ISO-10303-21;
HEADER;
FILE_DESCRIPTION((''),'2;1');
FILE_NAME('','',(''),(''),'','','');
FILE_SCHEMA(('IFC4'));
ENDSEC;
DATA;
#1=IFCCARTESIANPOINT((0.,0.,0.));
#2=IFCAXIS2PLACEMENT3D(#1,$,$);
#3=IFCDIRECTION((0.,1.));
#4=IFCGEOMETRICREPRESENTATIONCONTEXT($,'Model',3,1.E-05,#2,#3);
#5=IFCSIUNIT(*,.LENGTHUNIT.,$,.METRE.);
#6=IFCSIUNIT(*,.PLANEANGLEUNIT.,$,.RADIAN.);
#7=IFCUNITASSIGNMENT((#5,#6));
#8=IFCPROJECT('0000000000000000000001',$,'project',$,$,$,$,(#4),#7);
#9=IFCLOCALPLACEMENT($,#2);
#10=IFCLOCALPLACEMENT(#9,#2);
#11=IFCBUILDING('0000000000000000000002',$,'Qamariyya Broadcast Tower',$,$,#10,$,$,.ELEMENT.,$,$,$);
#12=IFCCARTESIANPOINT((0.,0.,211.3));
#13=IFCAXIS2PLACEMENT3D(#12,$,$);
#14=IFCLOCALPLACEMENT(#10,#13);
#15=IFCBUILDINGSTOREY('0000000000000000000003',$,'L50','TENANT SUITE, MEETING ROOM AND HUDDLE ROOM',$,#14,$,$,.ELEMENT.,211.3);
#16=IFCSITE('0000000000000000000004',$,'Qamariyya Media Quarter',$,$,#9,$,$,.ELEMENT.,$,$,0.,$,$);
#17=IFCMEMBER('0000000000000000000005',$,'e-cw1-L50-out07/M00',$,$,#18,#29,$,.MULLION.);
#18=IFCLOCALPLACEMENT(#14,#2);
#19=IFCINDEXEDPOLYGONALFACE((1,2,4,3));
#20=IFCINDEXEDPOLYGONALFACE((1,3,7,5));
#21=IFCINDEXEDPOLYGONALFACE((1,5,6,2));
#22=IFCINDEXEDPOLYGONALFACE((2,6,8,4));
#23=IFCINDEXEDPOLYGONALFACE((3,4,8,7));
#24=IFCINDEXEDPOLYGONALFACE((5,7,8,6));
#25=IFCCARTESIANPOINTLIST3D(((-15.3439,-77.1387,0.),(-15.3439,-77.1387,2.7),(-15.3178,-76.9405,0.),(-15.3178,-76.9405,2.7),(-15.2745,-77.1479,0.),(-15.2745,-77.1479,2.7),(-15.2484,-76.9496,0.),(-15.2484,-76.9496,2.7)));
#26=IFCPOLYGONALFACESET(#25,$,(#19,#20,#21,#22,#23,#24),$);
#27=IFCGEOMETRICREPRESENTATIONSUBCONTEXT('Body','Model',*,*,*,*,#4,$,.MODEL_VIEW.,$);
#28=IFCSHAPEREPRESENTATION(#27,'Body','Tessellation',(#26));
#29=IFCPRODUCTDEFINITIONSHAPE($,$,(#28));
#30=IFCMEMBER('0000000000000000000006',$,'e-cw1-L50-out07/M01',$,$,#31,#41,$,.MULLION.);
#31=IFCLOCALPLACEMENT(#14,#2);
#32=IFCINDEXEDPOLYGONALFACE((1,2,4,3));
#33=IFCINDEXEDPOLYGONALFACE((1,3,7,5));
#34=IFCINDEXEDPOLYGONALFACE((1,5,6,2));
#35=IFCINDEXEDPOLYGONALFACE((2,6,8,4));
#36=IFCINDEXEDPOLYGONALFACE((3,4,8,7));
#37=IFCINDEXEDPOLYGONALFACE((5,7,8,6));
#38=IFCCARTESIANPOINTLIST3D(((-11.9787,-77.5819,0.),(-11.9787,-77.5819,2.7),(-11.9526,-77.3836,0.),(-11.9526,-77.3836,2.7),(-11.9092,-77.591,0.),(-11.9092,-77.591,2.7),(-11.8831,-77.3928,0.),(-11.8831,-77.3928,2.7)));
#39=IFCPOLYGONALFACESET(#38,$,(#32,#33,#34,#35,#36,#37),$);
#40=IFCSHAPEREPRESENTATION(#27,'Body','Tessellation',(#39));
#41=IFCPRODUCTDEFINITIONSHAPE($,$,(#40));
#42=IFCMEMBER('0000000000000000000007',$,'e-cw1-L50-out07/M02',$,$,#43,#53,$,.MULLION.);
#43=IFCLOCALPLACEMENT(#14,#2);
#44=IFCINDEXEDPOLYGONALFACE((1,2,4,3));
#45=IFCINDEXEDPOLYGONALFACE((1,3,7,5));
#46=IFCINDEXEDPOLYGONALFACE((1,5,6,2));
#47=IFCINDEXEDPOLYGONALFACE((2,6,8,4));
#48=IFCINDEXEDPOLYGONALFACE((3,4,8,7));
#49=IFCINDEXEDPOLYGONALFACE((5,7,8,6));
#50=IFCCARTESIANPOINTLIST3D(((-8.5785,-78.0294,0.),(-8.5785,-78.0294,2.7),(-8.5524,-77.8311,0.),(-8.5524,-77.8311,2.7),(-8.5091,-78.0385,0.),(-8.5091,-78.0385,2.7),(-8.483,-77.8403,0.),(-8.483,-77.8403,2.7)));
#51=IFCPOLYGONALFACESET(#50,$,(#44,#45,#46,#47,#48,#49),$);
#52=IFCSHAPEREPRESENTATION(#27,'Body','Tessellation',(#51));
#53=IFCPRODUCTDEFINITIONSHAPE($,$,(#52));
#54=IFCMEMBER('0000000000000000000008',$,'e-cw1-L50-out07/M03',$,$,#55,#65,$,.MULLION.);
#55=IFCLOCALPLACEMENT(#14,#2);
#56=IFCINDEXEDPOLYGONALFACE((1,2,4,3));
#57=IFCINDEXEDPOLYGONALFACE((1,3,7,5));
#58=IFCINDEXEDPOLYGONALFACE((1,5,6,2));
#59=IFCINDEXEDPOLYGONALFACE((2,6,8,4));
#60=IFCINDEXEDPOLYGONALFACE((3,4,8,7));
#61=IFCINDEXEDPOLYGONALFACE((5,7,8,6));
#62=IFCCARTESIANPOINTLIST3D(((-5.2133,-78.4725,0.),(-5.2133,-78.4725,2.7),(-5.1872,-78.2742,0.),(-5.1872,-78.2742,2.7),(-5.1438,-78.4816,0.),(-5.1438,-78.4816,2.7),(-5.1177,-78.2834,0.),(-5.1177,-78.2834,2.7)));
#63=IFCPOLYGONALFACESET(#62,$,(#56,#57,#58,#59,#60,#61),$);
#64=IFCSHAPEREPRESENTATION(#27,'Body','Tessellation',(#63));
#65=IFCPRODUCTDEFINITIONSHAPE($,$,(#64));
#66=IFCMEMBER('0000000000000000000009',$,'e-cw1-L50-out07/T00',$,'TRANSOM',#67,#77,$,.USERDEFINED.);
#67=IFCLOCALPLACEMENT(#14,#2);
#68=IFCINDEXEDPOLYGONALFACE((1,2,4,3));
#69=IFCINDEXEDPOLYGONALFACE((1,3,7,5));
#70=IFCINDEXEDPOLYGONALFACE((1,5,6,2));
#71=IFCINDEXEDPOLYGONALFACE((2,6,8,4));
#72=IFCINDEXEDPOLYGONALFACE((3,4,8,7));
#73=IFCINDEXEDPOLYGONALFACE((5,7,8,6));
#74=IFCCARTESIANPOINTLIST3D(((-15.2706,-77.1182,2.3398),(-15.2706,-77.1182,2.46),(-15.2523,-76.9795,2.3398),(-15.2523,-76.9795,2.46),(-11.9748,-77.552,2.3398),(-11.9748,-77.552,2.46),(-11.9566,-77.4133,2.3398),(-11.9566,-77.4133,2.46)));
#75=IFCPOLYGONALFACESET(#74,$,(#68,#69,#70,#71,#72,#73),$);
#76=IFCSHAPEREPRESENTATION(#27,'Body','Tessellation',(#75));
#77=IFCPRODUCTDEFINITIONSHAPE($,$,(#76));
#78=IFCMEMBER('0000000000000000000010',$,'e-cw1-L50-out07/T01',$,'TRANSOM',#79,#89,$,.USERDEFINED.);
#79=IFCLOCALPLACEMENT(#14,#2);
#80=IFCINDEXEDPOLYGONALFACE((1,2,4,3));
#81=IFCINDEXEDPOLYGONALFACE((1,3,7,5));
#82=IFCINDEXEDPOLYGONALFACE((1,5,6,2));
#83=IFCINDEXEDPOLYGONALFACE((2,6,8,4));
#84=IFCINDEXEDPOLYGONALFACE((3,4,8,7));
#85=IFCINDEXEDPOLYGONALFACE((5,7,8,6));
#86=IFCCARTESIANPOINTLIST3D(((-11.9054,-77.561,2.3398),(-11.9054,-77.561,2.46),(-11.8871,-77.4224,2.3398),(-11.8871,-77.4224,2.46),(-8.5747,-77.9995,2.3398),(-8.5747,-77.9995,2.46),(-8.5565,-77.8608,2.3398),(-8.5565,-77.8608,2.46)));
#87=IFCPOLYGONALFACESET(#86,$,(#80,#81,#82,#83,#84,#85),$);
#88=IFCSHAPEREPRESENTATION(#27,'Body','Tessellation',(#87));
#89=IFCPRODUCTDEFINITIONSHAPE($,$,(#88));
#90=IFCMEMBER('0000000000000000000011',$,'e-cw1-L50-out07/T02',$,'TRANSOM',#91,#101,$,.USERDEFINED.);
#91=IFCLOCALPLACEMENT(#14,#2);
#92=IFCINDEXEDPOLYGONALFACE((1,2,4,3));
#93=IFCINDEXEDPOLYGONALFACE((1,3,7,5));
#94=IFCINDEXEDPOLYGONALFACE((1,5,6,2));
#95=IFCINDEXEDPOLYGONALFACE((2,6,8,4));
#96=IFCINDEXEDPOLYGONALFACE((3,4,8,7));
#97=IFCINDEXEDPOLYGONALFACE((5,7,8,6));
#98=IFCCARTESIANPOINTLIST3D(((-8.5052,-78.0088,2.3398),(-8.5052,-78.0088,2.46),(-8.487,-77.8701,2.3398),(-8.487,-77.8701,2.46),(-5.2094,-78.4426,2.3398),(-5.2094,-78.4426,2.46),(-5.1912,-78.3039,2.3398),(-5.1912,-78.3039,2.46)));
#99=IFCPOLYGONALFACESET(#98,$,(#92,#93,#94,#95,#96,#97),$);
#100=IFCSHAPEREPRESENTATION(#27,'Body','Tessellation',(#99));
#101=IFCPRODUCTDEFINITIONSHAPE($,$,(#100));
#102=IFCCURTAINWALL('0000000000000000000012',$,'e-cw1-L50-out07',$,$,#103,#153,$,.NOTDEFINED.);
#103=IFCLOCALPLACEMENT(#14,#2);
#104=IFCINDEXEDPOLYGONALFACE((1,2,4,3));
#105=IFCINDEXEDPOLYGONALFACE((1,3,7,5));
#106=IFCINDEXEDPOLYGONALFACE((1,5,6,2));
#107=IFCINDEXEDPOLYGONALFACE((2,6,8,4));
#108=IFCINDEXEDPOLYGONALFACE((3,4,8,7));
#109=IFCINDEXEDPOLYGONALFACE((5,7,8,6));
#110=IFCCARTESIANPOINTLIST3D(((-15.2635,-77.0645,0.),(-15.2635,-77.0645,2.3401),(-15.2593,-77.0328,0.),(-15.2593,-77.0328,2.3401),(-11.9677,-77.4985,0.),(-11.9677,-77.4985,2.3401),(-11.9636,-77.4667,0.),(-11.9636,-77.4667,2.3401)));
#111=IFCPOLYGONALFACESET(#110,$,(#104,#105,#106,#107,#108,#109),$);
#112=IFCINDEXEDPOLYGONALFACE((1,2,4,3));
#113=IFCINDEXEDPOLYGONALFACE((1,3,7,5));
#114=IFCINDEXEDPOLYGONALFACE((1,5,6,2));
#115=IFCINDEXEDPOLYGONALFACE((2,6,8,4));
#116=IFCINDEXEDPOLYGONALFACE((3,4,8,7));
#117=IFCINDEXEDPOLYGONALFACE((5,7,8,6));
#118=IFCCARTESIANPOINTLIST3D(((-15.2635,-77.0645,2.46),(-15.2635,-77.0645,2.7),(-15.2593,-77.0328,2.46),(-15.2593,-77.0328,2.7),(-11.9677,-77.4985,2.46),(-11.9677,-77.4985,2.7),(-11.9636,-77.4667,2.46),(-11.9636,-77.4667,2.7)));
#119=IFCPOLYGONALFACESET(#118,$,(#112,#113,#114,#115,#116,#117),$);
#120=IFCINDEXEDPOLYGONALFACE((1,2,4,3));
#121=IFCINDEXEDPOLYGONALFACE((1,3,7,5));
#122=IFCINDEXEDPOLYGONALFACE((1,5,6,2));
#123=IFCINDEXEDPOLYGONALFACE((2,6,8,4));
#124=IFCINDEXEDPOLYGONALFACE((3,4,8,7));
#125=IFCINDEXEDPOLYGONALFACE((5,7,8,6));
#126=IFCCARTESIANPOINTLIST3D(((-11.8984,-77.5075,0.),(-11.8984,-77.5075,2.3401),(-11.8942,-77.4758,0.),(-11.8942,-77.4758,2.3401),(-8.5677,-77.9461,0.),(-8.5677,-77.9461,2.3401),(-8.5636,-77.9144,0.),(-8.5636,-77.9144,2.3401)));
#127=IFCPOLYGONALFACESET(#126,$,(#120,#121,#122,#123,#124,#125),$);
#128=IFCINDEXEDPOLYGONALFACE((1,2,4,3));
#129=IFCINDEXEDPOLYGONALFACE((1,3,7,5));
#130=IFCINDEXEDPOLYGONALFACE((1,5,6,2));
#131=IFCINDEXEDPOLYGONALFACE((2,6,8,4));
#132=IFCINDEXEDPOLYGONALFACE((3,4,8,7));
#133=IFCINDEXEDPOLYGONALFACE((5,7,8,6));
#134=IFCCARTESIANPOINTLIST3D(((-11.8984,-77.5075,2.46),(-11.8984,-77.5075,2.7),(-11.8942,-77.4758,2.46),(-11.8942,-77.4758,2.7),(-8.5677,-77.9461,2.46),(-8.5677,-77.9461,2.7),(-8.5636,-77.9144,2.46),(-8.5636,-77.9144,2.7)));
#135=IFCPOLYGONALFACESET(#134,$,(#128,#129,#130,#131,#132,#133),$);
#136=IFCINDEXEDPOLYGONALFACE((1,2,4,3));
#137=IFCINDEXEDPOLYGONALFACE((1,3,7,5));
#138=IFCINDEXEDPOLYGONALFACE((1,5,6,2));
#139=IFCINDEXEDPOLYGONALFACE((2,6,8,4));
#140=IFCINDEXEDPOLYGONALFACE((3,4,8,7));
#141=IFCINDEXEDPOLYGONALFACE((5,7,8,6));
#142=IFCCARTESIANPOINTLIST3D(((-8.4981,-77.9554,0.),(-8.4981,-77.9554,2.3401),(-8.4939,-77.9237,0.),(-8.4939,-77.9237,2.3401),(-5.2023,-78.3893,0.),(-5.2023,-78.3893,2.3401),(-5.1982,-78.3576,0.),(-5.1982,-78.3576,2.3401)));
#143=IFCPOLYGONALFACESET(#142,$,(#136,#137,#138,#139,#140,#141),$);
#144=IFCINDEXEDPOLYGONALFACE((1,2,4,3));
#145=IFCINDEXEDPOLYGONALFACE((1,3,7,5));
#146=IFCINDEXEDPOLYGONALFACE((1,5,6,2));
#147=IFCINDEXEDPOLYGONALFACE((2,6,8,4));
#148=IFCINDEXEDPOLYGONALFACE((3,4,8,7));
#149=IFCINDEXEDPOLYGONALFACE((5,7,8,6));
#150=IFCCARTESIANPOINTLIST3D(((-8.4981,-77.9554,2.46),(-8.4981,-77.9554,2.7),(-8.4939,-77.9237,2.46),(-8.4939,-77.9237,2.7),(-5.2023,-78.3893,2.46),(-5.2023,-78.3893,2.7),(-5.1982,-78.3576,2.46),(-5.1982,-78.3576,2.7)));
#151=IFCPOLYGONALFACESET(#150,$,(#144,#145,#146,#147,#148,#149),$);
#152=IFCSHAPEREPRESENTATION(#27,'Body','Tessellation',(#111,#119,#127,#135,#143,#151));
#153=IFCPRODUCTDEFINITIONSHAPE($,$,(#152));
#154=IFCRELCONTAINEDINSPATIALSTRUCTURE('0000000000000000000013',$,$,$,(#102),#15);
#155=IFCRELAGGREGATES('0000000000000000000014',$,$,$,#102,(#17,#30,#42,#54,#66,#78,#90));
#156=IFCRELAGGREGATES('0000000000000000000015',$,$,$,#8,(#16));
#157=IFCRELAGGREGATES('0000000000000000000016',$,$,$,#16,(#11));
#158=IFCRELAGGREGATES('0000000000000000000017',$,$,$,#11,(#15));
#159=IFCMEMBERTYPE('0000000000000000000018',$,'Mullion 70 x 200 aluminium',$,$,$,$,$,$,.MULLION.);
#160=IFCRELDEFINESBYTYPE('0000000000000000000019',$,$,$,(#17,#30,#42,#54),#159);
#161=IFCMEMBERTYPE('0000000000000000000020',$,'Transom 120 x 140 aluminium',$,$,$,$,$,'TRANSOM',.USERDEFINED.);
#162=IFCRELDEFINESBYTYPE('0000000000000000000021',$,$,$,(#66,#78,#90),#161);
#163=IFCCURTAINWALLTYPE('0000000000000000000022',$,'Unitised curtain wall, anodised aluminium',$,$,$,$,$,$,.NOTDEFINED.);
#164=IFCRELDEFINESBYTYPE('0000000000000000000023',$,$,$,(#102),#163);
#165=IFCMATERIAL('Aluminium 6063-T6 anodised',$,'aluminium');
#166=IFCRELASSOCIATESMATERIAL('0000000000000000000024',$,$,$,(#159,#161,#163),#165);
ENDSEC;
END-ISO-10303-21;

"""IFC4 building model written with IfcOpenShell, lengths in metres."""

from ifc_helpers import new_model, si_unit, direction, frame, origin, origin_2d, place, context, subcontext, project, spatial, rectangle, extrude, material, material_profile, profile_set, type_object, element, aggregate, save


model = new_model("IFC4")

# Units and contexts
model_context = context("Model", 3, precision=1e-05, world=origin(), true_north=direction((0.0, 1.0)))
body_context = subcontext(model_context, "Body", "Model", "MODEL_VIEW")
ifc_project = project(units=[si_unit("LENGTHUNIT", "METRE"), si_unit("PLANEANGLEUNIT", "RADIAN")], contexts=[model_context])

# Members
ifc_material_1 = material(Name="Aluminium 6063-T6 anodised", Category="aluminium")
ifc_material_profile_1 = material_profile(ifc_material_1, rectangle(XDim=0.2, YDim=0.0701, at=origin_2d()))
ifc_profile_set_1 = profile_set([ifc_material_profile_1], Name="Aluminium 6063-T6 anodised")
member_type_1 = type_object("IfcMemberType", Name="Mullion 70 x 200 aluminium", PredefinedType="MULLION", material=ifc_profile_set_1)
site_placement = place(None, origin())
building_placement = place(site_placement, origin())
storey_placement = place(building_placement, frame((0.0, 0.0, 211.3)))
member_1_placement = place(storey_placement, frame((-15.2961, -77.0442, 0.0), z_axis=(0.0, 0.0, 1.0), x_axis=(0.130526, 0.991445, 0.0)))
member_1 = element("IfcMember", 1, at=member_1_placement, type_object=member_type_1, Name="e-cw1-L50-out07/M00", PredefinedType="MULLION", context=body_context, shape_type="SweptSolid", body=[
    extrude(rectangle(XDim=0.2, YDim=0.0701, at=origin_2d()), origin(), (0.0, 0.0, 1.0), 2.7),
])
member_2_placement = place(storey_placement, frame((-11.9309, -77.4873, 0.0), z_axis=(0.0, 0.0, 1.0), x_axis=(0.130526, 0.991445, 0.0)))
member_2 = element("IfcMember", 2, at=member_2_placement, type_object=member_type_1, Name="e-cw1-L50-out07/M01", PredefinedType="MULLION", context=body_context, shape_type="SweptSolid", body=[
    extrude(rectangle(XDim=0.2, YDim=0.0701, at=origin_2d()), origin(), (0.0, 0.0, 1.0), 2.7),
])
member_3_placement = place(storey_placement, frame((-8.5308, -77.9348, 0.0), z_axis=(0.0, 0.0, 1.0), x_axis=(0.130526, 0.991445, 0.0)))
member_3 = element("IfcMember", 3, at=member_3_placement, type_object=member_type_1, Name="e-cw1-L50-out07/M02", PredefinedType="MULLION", context=body_context, shape_type="SweptSolid", body=[
    extrude(rectangle(XDim=0.2, YDim=0.0701, at=origin_2d()), origin(), (0.0, 0.0, 1.0), 2.7),
])
member_4_placement = place(storey_placement, frame((-5.1655, -78.3779, 0.0), z_axis=(0.0, 0.0, 1.0), x_axis=(0.130526, 0.991445, 0.0)))
member_4 = element("IfcMember", 4, at=member_4_placement, type_object=member_type_1, Name="e-cw1-L50-out07/M03", PredefinedType="MULLION", context=body_context, shape_type="SweptSolid", body=[
    extrude(rectangle(XDim=0.2, YDim=0.0701, at=origin_2d()), origin(), (0.0, 0.0, 1.0), 2.7),
])
ifc_material_profile_2 = material_profile(ifc_material_1, rectangle(XDim=0.1399, YDim=0.1201, at=origin_2d()))
ifc_profile_set_2 = profile_set([ifc_material_profile_2], Name="Aluminium 6063-T6 anodised")
member_type_2 = type_object("IfcMemberType", Name="Transom 120 x 140 aluminium", ElementType="TRANSOM", PredefinedType="USERDEFINED", material=ifc_profile_set_2)
member_5_placement = place(storey_placement, frame((-15.2615, -77.0488, 2.3999), z_axis=(0.991448, -0.130504, 0.0), x_axis=(0.130504, 0.991448, 0.0)))
member_5 = element("IfcMember", 5, at=member_5_placement, type_object=member_type_2, Name="e-cw1-L50-out07/T00", ObjectType="TRANSOM", PredefinedType="USERDEFINED", context=body_context, shape_type="SweptSolid", body=[
    extrude(rectangle(XDim=0.1399, YDim=0.1201, at=origin_2d()), origin(), (0.0, 0.0, 1.0), 3.3242),
])
member_6_placement = place(storey_placement, frame((-11.8962, -77.4917, 2.3999), z_axis=(0.991445, -0.130526, 0.0), x_axis=(0.130526, 0.991445, 0.0)))
member_6 = element("IfcMember", 6, at=member_6_placement, type_object=member_type_2, Name="e-cw1-L50-out07/T01", ObjectType="TRANSOM", PredefinedType="USERDEFINED", context=body_context, shape_type="SweptSolid", body=[
    extrude(rectangle(XDim=0.1399, YDim=0.1201, at=origin_2d()), origin(), (0.0, 0.0, 1.0), 3.3594),
])
member_7_placement = place(storey_placement, frame((-8.4961, -77.9395, 2.3999), z_axis=(0.991448, -0.130504, 0.0), x_axis=(0.130504, 0.991448, 0.0)))
member_7 = element("IfcMember", 7, at=member_7_placement, type_object=member_type_2, Name="e-cw1-L50-out07/T02", ObjectType="TRANSOM", PredefinedType="USERDEFINED", context=body_context, shape_type="SweptSolid", body=[
    extrude(rectangle(XDim=0.1399, YDim=0.1201, at=origin_2d()), origin(), (0.0, 0.0, 1.0), 3.3242),
])

# Site, building, storey
site = spatial("IfcSite", under=ifc_project, at=site_placement, Name="Qamariyya Media Quarter", CompositionType="ELEMENT", RefElevation=0.0)
building = spatial("IfcBuilding", under=site, at=building_placement, Name="Qamariyya Broadcast Tower", CompositionType="ELEMENT")
storey = spatial("IfcBuildingStorey", under=building, at=storey_placement, Name="L50", Description="TENANT SUITE, MEETING ROOM AND HUDDLE ROOM", CompositionType="ELEMENT", Elevation=211.3)

# Curtain wall
curtain_wall_type = type_object("IfcCurtainWallType", Name="Unitised curtain wall, anodised aluminium", PredefinedType="NOTDEFINED", material=ifc_material_1)
curtain_wall_1_placement = place(storey_placement, origin())
curtain_wall_1 = element("IfcCurtainWall", 8, at=curtain_wall_1_placement, inside=storey, type_object=curtain_wall_type, Name="e-cw1-L50-out07", PredefinedType="NOTDEFINED", context=body_context, shape_type="SweptSolid", body=[
    extrude(rectangle(XDim=3.3242, YDim=0.032, at=origin_2d()), frame((-13.6135, -77.2656, 0.0), x_axis=(0.991443, -0.130542, 0.0)), (0.0, 0.0, 1.0), 2.3401),
    extrude(rectangle(XDim=3.3242, YDim=0.032, at=origin_2d()), frame((-13.6135, -77.2656, 2.46), x_axis=(0.991443, -0.130542, 0.0)), (0.0, 0.0, 1.0), 0.24),
    extrude(rectangle(XDim=3.3594, YDim=0.032, at=origin_2d()), frame((-10.231, -77.7109, 0.0), x_axis=(0.991443, -0.130542, 0.0)), (0.0, 0.0, 1.0), 2.3401),
    extrude(rectangle(XDim=3.3594, YDim=0.032, at=origin_2d()), frame((-10.231, -77.7109, 2.46), x_axis=(0.991443, -0.130542, 0.0)), (0.0, 0.0, 1.0), 0.24),
    extrude(rectangle(XDim=3.3242, YDim=0.032, at=origin_2d()), frame((-6.8481, -78.1565, 0.0), x_axis=(0.991443, -0.130542, 0.0)), (0.0, 0.0, 1.0), 2.3401),
    extrude(rectangle(XDim=3.3242, YDim=0.032, at=origin_2d()), frame((-6.8481, -78.1565, 2.46), x_axis=(0.991443, -0.130542, 0.0)), (0.0, 0.0, 1.0), 0.24),
])
aggregate(curtain_wall_1, [member_1, member_2, member_3, member_4, member_5, member_6, member_7])

save(model, "model.ifc")
